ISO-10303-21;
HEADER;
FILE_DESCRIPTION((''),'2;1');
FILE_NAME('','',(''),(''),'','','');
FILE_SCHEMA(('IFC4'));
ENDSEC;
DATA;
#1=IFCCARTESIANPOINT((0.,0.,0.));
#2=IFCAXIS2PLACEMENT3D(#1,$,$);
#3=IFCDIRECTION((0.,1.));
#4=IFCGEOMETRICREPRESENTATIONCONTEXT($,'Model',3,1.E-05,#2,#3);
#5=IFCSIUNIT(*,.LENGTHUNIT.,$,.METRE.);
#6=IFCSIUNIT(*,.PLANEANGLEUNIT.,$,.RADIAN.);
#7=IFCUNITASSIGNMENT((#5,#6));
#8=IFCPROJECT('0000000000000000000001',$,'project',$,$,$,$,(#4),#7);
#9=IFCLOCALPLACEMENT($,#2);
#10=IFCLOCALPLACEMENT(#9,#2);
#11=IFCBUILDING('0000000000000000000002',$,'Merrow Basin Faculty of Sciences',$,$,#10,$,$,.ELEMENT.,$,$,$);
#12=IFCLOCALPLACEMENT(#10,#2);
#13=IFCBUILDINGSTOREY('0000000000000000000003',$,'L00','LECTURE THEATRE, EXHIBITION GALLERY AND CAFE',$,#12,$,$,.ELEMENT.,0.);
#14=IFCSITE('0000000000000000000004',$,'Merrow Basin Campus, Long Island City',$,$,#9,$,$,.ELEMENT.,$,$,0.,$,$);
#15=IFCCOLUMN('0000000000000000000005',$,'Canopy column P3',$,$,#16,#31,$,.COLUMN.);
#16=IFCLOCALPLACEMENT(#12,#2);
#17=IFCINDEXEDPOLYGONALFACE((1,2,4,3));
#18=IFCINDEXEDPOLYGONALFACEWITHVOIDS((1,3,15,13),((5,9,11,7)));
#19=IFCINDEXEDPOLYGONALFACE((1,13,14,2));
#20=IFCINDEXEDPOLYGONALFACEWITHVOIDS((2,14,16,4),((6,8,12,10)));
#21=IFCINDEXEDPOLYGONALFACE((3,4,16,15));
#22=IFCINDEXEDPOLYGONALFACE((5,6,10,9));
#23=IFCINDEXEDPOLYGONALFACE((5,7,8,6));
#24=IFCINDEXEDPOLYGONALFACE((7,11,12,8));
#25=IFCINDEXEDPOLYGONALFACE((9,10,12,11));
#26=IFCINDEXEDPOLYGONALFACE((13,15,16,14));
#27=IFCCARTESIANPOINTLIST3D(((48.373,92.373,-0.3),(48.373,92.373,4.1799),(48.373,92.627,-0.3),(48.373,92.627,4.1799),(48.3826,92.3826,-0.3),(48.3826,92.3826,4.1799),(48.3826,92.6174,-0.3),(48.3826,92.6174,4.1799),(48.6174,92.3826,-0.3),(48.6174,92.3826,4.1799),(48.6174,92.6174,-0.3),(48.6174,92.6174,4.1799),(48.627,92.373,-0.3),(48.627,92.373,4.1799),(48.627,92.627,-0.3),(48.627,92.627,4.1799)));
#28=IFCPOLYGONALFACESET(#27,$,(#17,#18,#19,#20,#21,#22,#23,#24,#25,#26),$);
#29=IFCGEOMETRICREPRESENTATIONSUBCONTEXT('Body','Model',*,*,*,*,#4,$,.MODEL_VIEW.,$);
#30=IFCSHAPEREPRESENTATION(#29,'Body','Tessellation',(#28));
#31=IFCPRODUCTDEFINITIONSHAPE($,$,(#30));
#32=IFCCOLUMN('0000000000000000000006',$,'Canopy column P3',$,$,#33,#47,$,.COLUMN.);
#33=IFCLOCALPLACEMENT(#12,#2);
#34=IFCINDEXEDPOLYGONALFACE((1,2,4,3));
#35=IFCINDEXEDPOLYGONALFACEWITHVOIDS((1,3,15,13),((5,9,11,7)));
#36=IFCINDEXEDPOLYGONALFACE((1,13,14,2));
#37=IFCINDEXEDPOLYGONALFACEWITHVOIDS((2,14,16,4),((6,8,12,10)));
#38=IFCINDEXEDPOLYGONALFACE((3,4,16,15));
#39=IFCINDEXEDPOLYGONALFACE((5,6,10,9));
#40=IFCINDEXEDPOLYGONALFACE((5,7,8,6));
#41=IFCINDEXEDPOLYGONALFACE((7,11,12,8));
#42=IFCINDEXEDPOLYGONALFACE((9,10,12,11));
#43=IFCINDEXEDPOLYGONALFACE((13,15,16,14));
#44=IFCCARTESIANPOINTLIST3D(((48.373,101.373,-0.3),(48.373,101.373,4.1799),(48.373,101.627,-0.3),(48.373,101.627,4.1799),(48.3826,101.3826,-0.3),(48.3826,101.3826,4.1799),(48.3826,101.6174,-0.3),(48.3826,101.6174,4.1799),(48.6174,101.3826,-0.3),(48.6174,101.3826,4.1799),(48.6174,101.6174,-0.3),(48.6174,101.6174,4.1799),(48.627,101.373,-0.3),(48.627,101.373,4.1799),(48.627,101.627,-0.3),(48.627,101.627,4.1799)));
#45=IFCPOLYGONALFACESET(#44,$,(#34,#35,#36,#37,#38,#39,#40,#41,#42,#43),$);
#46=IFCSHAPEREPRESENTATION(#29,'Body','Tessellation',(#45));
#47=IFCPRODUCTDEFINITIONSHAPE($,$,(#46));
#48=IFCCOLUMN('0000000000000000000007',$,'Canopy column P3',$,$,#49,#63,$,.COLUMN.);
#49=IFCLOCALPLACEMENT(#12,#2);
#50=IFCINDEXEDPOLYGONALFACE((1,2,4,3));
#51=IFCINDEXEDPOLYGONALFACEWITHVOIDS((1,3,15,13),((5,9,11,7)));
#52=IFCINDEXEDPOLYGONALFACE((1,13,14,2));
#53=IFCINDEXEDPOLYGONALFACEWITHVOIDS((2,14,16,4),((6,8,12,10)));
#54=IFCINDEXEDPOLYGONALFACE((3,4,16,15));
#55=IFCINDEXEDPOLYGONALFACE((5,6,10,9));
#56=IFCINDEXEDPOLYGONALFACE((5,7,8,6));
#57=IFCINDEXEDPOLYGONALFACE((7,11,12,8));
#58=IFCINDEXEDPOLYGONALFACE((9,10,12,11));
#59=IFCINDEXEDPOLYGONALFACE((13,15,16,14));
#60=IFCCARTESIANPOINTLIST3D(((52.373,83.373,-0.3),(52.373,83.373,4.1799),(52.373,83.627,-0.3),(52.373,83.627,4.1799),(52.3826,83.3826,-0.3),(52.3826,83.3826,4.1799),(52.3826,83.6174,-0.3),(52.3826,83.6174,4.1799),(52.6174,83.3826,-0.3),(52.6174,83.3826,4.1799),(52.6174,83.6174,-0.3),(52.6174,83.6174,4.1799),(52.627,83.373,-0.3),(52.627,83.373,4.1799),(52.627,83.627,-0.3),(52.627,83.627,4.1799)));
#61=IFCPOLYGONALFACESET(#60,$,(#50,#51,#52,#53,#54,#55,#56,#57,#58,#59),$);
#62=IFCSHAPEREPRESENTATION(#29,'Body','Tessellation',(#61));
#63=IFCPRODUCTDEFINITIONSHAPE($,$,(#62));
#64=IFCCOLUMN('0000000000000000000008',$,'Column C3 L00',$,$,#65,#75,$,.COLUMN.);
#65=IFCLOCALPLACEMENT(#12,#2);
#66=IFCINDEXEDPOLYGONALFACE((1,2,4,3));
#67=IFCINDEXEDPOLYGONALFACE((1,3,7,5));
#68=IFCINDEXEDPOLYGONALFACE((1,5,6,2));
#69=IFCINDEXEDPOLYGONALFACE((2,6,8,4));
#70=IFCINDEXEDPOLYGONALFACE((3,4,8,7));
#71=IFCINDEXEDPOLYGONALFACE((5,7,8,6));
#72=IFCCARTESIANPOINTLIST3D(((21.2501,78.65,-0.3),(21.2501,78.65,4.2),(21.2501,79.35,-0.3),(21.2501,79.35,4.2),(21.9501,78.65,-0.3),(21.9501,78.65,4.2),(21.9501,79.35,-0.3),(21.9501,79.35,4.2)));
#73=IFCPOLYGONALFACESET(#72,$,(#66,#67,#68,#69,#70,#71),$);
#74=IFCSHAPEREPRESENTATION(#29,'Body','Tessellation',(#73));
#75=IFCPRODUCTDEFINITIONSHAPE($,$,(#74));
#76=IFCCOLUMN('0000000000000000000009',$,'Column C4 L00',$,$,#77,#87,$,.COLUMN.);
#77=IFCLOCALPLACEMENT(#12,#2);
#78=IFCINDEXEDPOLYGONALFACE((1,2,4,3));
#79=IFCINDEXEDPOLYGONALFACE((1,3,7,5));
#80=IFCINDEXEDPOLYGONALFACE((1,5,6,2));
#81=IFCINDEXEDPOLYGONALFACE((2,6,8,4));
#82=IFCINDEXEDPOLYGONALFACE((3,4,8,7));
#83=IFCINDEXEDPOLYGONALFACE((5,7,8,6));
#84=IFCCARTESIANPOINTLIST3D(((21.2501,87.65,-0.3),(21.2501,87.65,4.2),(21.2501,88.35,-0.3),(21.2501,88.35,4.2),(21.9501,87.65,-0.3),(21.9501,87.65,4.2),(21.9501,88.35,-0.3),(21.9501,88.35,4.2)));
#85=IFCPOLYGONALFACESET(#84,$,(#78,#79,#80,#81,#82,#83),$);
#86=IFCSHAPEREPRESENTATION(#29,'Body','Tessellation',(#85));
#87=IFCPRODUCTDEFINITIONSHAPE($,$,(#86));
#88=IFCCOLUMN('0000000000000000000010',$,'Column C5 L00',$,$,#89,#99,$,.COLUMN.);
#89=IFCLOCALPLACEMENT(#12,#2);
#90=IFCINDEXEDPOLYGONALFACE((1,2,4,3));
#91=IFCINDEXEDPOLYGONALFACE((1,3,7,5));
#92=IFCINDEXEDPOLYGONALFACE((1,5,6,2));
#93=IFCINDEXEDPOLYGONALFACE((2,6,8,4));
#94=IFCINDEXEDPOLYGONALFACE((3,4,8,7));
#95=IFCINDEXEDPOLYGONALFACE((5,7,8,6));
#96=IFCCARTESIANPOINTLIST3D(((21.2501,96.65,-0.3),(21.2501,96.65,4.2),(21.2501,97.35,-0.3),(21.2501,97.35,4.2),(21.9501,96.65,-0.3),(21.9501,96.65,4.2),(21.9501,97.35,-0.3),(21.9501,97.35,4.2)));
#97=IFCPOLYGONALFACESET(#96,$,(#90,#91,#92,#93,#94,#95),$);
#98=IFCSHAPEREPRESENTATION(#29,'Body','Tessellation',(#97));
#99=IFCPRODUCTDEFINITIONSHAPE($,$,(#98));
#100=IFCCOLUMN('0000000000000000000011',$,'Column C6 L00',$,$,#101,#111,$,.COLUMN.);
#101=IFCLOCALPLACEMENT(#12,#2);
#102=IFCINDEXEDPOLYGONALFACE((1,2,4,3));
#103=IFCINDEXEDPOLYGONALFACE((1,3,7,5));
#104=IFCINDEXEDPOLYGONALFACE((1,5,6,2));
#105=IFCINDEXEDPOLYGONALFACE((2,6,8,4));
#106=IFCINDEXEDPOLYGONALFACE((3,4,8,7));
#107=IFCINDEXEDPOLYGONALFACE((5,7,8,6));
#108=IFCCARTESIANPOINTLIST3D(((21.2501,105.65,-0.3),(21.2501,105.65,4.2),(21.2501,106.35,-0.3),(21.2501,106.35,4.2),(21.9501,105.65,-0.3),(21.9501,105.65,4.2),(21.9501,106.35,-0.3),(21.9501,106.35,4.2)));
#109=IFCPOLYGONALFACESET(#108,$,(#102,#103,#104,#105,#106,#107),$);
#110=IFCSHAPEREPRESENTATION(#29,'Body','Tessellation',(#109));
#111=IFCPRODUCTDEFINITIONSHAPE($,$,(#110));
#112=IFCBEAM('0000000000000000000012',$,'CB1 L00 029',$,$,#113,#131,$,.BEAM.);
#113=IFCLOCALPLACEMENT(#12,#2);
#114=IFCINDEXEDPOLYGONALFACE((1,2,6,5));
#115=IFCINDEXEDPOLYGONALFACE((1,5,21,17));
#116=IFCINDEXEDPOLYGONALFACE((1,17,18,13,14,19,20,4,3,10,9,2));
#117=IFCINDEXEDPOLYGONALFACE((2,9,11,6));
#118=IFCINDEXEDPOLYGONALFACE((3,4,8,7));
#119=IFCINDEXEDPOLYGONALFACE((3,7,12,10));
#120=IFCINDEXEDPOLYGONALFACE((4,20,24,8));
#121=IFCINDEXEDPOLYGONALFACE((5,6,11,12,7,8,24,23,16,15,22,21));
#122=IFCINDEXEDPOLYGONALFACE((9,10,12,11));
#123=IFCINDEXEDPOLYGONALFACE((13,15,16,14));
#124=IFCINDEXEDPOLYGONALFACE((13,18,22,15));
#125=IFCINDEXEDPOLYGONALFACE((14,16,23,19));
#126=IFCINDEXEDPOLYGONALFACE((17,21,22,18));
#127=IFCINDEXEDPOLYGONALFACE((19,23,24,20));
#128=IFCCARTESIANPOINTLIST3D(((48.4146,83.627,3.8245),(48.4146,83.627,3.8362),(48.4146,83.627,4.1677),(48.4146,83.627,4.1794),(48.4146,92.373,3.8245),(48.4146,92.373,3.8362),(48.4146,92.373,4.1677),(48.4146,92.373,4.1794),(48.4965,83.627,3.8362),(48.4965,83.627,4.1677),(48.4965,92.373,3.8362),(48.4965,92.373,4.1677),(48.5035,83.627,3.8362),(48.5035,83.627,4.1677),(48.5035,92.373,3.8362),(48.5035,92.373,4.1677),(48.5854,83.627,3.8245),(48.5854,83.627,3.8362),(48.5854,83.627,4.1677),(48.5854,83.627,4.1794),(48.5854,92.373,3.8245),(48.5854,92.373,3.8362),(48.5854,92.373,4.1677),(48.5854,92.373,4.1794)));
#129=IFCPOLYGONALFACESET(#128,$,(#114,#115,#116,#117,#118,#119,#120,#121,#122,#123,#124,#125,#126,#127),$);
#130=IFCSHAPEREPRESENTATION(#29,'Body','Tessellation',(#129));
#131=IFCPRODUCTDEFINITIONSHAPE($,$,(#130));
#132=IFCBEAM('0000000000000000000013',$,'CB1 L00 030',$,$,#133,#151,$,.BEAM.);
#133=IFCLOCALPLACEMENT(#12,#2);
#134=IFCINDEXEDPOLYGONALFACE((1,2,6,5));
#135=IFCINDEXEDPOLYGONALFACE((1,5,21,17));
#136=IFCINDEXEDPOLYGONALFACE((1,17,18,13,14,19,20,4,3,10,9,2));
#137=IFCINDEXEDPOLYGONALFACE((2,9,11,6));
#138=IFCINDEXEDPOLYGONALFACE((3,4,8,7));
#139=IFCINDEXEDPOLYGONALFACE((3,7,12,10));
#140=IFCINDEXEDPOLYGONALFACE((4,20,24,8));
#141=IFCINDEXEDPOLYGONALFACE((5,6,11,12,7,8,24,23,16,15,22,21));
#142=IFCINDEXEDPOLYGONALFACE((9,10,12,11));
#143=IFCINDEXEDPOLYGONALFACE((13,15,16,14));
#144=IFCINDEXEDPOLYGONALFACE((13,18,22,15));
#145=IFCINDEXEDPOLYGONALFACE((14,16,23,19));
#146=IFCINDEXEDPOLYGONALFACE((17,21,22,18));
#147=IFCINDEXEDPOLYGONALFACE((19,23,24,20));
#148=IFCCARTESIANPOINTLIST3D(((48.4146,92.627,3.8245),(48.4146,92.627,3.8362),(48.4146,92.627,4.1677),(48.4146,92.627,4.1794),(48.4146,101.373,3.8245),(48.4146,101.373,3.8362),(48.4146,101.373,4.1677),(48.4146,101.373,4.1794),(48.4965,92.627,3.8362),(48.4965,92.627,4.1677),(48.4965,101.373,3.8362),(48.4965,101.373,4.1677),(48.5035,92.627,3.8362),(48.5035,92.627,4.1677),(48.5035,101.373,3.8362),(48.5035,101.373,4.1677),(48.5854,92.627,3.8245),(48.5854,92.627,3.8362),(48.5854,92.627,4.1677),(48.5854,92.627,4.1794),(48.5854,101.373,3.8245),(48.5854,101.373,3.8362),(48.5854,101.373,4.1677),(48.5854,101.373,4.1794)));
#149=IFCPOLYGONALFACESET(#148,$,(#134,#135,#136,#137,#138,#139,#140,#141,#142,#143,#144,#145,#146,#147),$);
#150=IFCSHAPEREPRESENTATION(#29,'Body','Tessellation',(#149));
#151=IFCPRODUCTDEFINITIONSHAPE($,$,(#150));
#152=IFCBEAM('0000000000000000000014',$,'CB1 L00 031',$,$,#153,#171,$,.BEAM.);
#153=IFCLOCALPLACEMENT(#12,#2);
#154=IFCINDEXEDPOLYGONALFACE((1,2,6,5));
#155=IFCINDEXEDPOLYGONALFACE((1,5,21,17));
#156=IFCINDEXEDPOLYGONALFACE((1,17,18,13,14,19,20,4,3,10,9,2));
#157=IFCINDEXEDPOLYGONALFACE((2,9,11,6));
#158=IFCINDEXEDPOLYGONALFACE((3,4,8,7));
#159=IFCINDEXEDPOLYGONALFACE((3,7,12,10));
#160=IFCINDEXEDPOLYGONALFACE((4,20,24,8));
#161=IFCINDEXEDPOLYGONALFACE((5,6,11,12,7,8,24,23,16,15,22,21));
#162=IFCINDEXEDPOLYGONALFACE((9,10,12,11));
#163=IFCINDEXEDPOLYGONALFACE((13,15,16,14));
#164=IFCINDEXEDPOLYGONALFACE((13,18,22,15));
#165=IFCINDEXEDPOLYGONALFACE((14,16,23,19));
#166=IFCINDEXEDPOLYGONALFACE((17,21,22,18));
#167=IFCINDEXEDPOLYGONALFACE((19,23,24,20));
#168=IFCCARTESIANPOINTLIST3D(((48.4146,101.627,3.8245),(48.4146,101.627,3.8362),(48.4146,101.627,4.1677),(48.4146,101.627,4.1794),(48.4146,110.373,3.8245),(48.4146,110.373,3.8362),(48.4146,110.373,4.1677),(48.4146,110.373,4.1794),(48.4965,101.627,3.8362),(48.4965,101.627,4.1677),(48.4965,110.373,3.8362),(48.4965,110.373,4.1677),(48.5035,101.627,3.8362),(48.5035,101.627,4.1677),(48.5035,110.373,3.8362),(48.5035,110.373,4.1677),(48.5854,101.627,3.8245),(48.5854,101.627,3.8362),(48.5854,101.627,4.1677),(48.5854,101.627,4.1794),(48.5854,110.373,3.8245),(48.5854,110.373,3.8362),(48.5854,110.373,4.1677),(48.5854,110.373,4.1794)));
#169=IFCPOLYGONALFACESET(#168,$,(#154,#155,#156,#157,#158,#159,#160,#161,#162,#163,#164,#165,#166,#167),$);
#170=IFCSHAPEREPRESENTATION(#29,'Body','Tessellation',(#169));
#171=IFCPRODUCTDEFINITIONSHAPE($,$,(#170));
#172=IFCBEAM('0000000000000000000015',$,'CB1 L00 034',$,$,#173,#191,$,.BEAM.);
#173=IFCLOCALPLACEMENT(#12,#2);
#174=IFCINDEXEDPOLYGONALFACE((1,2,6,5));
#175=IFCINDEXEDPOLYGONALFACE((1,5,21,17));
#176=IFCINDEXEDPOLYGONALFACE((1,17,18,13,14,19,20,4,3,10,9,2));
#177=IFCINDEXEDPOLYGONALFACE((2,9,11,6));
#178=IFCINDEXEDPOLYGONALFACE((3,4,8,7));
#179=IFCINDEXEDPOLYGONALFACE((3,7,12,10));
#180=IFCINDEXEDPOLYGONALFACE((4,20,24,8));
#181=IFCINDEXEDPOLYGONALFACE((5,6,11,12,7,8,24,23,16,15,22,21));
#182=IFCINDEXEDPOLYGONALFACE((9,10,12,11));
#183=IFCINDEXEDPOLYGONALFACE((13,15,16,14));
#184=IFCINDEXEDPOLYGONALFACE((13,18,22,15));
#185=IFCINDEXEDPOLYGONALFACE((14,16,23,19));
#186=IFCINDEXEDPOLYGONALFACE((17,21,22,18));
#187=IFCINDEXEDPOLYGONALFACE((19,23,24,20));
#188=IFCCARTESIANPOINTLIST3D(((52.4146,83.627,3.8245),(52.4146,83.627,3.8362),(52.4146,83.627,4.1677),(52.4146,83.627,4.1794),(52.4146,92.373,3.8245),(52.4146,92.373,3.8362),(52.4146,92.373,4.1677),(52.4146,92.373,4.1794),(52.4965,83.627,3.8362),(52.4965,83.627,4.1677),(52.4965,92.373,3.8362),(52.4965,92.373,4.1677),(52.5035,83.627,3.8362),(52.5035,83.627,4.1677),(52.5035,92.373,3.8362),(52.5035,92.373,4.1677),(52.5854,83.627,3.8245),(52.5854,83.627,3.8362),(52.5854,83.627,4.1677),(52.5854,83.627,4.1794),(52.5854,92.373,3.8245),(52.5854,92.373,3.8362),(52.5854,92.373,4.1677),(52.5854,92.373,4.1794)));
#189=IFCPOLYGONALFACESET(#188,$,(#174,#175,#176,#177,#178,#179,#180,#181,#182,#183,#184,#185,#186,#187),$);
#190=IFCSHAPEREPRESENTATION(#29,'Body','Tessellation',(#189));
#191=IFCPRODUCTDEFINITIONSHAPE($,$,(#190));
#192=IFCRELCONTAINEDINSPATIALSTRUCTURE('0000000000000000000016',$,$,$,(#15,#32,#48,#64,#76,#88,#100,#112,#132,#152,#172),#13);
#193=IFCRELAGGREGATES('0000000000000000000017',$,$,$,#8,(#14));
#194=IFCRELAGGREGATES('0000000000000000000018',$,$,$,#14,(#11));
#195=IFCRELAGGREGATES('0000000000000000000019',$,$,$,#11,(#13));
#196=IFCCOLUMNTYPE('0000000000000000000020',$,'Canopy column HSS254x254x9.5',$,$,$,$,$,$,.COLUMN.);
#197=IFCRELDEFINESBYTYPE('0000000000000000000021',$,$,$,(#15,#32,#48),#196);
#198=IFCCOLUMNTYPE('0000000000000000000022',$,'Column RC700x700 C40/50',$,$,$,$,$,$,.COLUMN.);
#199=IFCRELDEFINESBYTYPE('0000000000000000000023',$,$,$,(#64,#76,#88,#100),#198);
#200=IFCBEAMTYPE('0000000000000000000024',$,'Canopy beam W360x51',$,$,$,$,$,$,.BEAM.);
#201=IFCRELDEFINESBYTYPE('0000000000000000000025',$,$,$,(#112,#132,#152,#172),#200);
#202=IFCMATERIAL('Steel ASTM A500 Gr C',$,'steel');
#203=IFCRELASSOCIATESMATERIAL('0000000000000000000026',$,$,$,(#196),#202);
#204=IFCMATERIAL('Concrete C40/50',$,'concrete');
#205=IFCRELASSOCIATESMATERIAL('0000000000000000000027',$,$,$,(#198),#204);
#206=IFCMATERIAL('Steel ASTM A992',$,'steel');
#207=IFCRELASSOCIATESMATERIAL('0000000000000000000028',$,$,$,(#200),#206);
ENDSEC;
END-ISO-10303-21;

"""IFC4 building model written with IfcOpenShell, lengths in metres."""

from ifc_helpers import new_model, si_unit, direction, frame, origin, origin_2d, place, context, subcontext, project, spatial, rectangle, hollow_rectangle, i_section, extrude, material, material_profile, profile_set, type_object, element, save


model = new_model("IFC4")

# Units and contexts
model_context = context("Model", 3, precision=1e-05, world=origin(), true_north=direction((0.0, 1.0)))
body_context = subcontext(model_context, "Body", "Model", "MODEL_VIEW")
ifc_project = project(units=[si_unit("LENGTHUNIT", "METRE"), si_unit("PLANEANGLEUNIT", "RADIAN")], contexts=[model_context])

# Site, building, storey
site_placement = place(None, origin())
site = spatial("IfcSite", under=ifc_project, at=site_placement, Name="Merrow Basin Campus, Long Island City", CompositionType="ELEMENT", RefElevation=0.0)
building_placement = place(site_placement, origin())
building = spatial("IfcBuilding", under=site, at=building_placement, Name="Merrow Basin Faculty of Sciences", CompositionType="ELEMENT")
storey_placement = place(building_placement, origin())
storey = spatial("IfcBuildingStorey", under=building, at=storey_placement, Name="L00", Description="LECTURE THEATRE, EXHIBITION GALLERY AND CAFE", CompositionType="ELEMENT", Elevation=0.0)

# Columns
ifc_material_1 = material(Name="Steel ASTM A500 Gr C", Category="steel")
ifc_material_profile_1 = material_profile(ifc_material_1, hollow_rectangle(XDim=0.2539, YDim=0.2539, WallThickness=0.0095, at=origin_2d()))
ifc_profile_set_1 = profile_set([ifc_material_profile_1], Name="Steel ASTM A500 Gr C")
column_type_1 = type_object("IfcColumnType", Name="Canopy column HSS254x254x9.5", PredefinedType="COLUMN", material=ifc_profile_set_1)
for number, where, z_axis, x_axis, name in (
    (1, (48.5, 92.5, -0.3), (0.0, 0.0, 1.0), (1.0, 0.0, 0.0), "Canopy column P3"),
    (2, (48.5, 101.5, -0.3), (0.0, 0.0, 1.0), (1.0, 0.0, 0.0), "Canopy column P3"),
    (3, (52.5, 83.5, -0.3), (0.0, 0.0, 1.0), (1.0, 0.0, 0.0), "Canopy column P3"),
):
    element("IfcColumn", number, at=place(storey_placement, frame(where, z_axis=z_axis, x_axis=x_axis)), inside=storey, type_object=column_type_1, Name=name, PredefinedType="COLUMN", context=body_context, shape_type="SweptSolid", body=[
        extrude(hollow_rectangle(XDim=0.2539, YDim=0.2539, WallThickness=0.0095, at=origin_2d()), origin(), (0.0, 0.0, 1.0), 4.48),
    ])
ifc_material_2 = material(Name="Concrete C40/50", Category="concrete")
ifc_material_profile_2 = material_profile(ifc_material_2, rectangle(XDim=0.7, YDim=0.7, at=origin_2d()))
ifc_profile_set_2 = profile_set([ifc_material_profile_2], Name="Concrete C40/50")
column_type_2 = type_object("IfcColumnType", Name="Column RC700x700 C40/50", PredefinedType="COLUMN", material=ifc_profile_set_2)
for number, where, z_axis, x_axis, name in (
    (4, (21.6001, 79.0, -0.3), (0.0, 0.0, 1.0), (1.0, 0.0, 0.0), "Column C3 L00"),
    (5, (21.6001, 88.0, -0.3), (0.0, 0.0, 1.0), (1.0, 0.0, 0.0), "Column C4 L00"),
    (6, (21.6001, 97.0, -0.3), (0.0, 0.0, 1.0), (1.0, 0.0, 0.0), "Column C5 L00"),
    (7, (21.6001, 106.0, -0.3), (0.0, 0.0, 1.0), (1.0, 0.0, 0.0), "Column C6 L00"),
):
    element("IfcColumn", number, at=place(storey_placement, frame(where, z_axis=z_axis, x_axis=x_axis)), inside=storey, type_object=column_type_2, Name=name, PredefinedType="COLUMN", context=body_context, shape_type="SweptSolid", body=[
        extrude(rectangle(XDim=0.7, YDim=0.7, at=origin_2d()), origin(), (0.0, 0.0, 1.0), 4.5),
    ])

# Beams
ifc_material_3 = material(Name="Steel ASTM A992", Category="steel")
ifc_material_profile_3 = material_profile(ifc_material_3, i_section(OverallWidth=0.1709, OverallDepth=0.355, WebThickness=0.0071, FlangeThickness=0.0117, at=origin_2d()))
ifc_profile_set_3 = profile_set([ifc_material_profile_3], Name="Steel ASTM A992")
beam_type = type_object("IfcBeamType", Name="Canopy beam W360x51", PredefinedType="BEAM", material=ifc_profile_set_3)
for number, where, z_axis, x_axis, name in (
    (8, (48.5, 83.627, 4.002), (0.0, 1.0, 0.0), (-1.0, 0.0, 0.0), "CB1 L00 029"),
    (9, (48.5, 92.627, 4.002), (0.0, 1.0, 0.0), (-1.0, 0.0, 0.0), "CB1 L00 030"),
    (10, (48.5, 101.627, 4.002), (0.0, 1.0, 0.0), (-1.0, 0.0, 0.0), "CB1 L00 031"),
    (11, (52.5, 83.627, 4.002), (0.0, 1.0, 0.0), (-1.0, 0.0, 0.0), "CB1 L00 034"),
):
    element("IfcBeam", number, at=place(storey_placement, frame(where, z_axis=z_axis, x_axis=x_axis)), inside=storey, type_object=beam_type, Name=name, PredefinedType="BEAM", context=body_context, shape_type="SweptSolid", body=[
        extrude(i_section(OverallWidth=0.1709, OverallDepth=0.355, WebThickness=0.0071, FlangeThickness=0.0117, at=origin_2d()), origin(), (0.0, 0.0, 1.0), 8.7461),
    ])

save(model, "model.ifc")
